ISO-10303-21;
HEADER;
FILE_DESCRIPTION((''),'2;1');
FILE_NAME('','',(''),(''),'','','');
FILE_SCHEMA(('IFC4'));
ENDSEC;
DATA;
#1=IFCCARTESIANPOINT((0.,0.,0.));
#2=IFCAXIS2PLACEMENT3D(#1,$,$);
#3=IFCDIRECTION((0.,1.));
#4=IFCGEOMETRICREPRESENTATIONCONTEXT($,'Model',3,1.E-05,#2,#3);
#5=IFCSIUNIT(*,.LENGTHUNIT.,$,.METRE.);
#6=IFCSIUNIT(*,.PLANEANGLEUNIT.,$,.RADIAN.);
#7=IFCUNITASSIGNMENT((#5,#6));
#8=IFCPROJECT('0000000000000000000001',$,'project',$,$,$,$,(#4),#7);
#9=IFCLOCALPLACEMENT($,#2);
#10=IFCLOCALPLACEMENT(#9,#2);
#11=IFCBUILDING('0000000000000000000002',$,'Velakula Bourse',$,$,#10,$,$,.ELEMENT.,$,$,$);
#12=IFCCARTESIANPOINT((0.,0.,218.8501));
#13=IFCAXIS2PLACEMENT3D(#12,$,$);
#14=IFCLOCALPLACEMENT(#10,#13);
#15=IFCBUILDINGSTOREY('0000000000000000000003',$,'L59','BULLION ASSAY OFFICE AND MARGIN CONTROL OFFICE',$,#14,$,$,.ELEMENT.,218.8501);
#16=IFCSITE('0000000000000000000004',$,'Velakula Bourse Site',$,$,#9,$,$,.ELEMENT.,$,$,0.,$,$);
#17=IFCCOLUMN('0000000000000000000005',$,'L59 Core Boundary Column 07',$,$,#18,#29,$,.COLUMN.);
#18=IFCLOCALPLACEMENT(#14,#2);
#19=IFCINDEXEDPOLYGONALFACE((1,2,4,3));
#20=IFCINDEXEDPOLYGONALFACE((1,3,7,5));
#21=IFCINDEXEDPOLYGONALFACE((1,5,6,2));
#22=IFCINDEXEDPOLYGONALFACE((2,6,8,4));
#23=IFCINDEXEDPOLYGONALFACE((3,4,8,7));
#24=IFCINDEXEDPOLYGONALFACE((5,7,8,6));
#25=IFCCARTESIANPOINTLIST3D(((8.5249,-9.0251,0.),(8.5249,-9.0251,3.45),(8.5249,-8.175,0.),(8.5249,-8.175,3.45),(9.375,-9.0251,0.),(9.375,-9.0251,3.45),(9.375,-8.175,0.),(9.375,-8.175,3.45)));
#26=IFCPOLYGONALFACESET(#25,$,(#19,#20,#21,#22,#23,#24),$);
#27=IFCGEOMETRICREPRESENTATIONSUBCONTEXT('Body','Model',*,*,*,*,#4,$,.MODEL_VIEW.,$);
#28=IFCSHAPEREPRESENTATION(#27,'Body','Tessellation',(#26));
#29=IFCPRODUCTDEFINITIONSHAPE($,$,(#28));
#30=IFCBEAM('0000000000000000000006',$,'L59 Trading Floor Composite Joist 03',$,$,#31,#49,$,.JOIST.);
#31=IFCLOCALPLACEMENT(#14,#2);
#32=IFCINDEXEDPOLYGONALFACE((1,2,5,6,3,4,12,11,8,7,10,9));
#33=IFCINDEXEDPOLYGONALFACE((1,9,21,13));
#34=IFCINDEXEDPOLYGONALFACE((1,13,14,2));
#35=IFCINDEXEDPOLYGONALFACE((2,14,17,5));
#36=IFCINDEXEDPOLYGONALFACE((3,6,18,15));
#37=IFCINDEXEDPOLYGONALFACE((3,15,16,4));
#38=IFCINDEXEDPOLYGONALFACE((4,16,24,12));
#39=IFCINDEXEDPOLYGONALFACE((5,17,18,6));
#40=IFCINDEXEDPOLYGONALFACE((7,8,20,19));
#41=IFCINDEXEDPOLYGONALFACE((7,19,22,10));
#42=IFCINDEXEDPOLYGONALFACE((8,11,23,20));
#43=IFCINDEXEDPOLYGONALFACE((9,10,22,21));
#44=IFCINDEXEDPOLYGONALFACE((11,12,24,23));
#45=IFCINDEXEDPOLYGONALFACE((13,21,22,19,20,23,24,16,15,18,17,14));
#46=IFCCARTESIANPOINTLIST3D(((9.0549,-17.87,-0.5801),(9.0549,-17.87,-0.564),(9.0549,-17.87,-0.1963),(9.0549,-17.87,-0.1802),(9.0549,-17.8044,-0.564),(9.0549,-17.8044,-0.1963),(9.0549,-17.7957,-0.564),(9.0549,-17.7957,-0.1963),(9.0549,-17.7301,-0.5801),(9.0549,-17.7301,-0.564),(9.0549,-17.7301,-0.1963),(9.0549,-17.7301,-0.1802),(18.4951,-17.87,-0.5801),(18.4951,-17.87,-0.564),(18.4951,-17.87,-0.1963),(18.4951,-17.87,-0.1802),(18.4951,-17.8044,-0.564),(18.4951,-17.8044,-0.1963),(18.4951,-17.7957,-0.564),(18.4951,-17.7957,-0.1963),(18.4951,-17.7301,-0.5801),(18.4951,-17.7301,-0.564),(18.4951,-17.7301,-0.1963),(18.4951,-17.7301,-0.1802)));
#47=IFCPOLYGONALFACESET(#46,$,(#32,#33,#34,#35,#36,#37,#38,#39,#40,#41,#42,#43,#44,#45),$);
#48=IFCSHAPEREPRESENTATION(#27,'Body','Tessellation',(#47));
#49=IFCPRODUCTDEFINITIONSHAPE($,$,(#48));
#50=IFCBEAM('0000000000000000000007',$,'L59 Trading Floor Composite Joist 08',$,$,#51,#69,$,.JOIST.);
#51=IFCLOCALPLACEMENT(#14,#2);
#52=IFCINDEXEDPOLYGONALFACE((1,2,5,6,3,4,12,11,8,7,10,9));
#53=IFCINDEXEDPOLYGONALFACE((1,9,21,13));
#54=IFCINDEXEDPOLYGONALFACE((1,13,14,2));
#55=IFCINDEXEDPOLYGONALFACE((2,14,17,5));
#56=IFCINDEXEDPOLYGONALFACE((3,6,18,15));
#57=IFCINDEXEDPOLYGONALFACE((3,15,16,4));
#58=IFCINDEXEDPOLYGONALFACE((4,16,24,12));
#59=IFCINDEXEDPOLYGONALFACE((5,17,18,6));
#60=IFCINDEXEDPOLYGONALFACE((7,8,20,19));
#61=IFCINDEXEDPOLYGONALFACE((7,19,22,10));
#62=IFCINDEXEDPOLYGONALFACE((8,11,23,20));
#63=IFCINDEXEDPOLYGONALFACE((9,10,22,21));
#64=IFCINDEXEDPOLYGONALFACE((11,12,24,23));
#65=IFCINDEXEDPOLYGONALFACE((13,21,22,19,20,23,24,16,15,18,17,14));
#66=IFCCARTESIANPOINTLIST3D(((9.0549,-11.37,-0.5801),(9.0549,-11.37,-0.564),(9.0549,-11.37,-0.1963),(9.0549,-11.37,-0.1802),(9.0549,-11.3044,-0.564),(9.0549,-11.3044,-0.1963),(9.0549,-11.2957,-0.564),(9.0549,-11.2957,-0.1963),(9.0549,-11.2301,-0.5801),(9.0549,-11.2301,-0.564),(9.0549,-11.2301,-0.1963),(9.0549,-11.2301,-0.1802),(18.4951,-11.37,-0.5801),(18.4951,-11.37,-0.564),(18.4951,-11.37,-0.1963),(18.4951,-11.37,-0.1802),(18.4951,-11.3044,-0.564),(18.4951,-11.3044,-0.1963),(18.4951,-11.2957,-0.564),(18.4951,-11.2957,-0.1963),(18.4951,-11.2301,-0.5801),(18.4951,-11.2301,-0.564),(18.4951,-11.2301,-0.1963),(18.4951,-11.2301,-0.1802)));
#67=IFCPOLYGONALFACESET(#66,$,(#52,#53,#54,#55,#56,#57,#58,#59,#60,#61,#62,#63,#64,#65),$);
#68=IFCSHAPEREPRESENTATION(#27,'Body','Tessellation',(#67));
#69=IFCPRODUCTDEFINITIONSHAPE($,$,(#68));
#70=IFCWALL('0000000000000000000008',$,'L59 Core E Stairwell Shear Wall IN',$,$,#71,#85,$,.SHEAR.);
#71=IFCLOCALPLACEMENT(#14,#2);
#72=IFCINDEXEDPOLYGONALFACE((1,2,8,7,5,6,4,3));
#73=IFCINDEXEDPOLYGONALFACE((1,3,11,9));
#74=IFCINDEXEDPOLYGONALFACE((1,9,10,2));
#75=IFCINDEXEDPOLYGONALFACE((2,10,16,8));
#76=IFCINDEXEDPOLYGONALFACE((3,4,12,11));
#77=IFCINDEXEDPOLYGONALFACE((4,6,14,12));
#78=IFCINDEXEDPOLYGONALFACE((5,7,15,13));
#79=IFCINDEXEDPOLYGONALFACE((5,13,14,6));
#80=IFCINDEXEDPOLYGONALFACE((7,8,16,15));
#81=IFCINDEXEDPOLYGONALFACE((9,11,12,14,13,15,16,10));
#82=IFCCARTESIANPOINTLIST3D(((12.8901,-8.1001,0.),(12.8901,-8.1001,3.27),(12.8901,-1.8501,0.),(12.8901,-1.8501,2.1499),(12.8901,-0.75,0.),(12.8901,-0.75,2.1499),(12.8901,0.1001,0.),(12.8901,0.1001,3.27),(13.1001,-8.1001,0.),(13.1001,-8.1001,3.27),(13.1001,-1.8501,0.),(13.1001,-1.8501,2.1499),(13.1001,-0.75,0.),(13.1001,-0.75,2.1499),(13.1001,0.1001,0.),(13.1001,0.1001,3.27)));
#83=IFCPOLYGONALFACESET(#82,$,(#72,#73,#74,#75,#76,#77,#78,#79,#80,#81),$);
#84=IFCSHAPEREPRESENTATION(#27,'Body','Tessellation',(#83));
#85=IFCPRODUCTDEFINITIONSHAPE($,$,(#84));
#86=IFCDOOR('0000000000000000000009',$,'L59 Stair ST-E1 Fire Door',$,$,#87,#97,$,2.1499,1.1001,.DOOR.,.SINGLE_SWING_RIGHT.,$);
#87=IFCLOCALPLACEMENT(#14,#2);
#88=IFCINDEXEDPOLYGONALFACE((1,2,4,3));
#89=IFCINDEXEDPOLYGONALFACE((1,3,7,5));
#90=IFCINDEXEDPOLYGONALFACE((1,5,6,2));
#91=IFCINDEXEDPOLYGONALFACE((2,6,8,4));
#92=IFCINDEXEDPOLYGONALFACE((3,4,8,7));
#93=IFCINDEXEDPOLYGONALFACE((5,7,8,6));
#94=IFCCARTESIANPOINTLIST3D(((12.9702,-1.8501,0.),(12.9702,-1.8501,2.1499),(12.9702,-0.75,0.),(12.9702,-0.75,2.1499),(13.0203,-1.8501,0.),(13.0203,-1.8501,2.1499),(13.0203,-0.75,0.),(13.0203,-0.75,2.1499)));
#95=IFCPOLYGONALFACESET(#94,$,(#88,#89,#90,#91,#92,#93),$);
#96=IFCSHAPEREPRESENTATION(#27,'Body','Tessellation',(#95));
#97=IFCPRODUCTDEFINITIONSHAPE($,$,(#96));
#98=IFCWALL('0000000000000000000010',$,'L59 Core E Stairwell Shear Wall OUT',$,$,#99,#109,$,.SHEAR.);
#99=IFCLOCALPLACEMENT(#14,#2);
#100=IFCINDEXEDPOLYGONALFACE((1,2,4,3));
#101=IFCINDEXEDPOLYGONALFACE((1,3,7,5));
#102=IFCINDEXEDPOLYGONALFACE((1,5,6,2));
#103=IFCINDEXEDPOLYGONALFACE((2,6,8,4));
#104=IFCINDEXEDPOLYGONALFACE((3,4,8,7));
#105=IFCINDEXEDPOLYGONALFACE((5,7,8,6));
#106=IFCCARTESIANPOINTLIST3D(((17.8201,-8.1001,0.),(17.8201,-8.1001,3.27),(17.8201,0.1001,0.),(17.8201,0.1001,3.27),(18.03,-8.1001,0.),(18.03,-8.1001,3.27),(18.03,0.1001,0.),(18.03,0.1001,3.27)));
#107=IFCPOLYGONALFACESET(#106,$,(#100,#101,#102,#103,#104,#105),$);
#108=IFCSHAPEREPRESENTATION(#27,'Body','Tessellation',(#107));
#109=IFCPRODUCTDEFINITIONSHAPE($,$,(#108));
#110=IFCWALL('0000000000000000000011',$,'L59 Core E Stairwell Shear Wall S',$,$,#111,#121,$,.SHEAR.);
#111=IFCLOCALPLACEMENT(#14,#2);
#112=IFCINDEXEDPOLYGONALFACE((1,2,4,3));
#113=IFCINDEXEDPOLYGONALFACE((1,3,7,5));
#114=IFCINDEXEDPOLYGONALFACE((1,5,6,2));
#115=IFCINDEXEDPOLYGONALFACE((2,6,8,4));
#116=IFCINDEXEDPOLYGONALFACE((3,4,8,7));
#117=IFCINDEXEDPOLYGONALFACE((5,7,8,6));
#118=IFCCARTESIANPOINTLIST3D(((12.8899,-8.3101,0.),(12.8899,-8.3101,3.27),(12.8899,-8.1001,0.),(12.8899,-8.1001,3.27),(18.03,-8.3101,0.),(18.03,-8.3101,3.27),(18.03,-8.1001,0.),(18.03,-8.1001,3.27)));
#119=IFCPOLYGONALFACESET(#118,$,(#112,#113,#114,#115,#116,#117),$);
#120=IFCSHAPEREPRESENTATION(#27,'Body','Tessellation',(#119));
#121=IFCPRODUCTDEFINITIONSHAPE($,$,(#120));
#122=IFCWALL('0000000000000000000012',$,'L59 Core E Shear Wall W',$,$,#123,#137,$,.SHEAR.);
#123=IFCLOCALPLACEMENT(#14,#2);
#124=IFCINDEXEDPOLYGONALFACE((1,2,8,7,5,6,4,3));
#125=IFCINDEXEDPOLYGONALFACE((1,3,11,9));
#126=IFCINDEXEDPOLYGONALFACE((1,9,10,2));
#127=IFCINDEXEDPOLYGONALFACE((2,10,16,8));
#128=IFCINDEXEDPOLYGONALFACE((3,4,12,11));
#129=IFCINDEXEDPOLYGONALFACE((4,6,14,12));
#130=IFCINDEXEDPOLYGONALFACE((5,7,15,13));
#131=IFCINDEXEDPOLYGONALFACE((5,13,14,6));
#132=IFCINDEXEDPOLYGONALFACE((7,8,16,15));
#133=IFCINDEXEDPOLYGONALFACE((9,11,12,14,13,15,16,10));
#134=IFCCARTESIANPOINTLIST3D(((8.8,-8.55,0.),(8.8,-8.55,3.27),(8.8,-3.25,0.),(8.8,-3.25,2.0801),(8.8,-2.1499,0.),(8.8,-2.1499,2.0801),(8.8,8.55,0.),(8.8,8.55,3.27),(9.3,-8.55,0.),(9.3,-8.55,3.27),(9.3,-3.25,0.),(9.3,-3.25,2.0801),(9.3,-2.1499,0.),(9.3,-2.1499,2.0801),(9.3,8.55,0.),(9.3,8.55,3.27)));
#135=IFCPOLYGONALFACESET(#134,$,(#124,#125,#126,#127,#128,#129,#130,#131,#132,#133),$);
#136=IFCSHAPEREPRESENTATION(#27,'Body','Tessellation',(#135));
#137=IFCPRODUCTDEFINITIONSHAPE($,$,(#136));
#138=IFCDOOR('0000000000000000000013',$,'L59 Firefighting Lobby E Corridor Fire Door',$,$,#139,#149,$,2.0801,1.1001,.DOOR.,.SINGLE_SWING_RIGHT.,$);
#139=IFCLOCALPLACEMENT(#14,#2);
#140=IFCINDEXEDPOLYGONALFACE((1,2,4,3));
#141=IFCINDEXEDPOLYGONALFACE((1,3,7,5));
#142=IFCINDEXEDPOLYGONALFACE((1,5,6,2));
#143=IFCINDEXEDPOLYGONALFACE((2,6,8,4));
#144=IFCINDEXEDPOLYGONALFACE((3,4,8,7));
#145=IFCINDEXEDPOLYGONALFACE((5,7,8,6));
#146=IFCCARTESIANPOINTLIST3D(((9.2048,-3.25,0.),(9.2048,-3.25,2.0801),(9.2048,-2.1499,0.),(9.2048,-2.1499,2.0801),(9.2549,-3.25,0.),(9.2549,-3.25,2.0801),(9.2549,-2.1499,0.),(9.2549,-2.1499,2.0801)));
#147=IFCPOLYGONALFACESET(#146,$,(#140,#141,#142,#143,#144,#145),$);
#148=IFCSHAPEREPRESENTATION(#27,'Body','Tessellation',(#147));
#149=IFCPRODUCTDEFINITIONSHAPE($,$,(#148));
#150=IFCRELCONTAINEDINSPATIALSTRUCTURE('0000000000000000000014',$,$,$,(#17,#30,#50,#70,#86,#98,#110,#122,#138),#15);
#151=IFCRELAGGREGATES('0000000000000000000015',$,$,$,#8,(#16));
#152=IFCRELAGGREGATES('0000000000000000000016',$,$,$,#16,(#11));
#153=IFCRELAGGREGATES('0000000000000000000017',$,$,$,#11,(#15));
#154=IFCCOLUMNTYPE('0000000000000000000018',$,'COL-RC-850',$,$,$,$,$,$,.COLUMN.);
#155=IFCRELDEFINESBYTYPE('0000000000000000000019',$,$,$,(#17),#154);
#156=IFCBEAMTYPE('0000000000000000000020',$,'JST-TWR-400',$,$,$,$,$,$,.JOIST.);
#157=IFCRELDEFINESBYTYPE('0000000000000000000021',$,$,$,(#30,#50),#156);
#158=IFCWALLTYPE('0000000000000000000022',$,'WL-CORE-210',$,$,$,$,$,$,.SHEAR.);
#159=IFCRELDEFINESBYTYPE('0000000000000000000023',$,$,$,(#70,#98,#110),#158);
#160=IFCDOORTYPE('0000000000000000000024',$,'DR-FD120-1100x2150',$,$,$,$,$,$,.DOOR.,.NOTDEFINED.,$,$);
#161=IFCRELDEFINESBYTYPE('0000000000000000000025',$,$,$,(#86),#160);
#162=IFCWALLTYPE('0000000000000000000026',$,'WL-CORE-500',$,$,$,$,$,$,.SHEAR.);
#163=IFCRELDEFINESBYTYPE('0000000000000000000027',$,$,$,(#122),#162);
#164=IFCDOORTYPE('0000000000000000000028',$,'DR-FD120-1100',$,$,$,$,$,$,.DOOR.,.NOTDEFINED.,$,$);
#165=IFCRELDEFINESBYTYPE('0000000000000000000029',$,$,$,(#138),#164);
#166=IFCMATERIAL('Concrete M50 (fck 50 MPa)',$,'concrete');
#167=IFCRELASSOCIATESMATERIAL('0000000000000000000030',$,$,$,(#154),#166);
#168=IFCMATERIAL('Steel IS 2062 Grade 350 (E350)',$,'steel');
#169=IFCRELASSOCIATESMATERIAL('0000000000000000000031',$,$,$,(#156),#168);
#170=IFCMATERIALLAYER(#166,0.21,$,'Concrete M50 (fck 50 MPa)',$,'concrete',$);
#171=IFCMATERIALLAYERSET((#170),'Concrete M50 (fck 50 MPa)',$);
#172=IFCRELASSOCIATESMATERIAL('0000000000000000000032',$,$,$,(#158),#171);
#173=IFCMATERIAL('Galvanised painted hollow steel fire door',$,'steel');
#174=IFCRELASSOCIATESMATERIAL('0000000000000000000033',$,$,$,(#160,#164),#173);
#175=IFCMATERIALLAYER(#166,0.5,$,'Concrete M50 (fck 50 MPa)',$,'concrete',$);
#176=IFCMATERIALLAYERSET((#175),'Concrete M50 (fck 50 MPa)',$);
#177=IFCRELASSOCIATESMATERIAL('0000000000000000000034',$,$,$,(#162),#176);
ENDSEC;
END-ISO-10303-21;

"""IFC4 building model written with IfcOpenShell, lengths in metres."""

from ifc_helpers import new_model, si_unit, direction, frame, frame_2d, origin, origin_2d, place, context, subcontext, project, spatial, rectangle, i_section, extrude, material, layer, layer_set, material_profile, profile_set, type_object, element, fill, save


model = new_model("IFC4")

# Units and contexts
model_context = context("Model", 3, precision=1e-05, world=origin(), true_north=direction((0.0, 1.0)))
body_context = subcontext(model_context, "Body", "Model", "MODEL_VIEW")
ifc_project = project(units=[si_unit("LENGTHUNIT", "METRE"), si_unit("PLANEANGLEUNIT", "RADIAN")], contexts=[model_context])

# Site, building, storey
site_placement = place(None, origin())
site = spatial("IfcSite", under=ifc_project, at=site_placement, Name="Velakula Bourse Site", CompositionType="ELEMENT", RefElevation=0.0)
building_placement = place(site_placement, origin())
building = spatial("IfcBuilding", under=site, at=building_placement, Name="Velakula Bourse", CompositionType="ELEMENT")
storey_placement = place(building_placement, frame((0.0, 0.0, 218.8501)))
storey = spatial("IfcBuildingStorey", under=building, at=storey_placement, Name="L59", Description="BULLION ASSAY OFFICE AND MARGIN CONTROL OFFICE", CompositionType="ELEMENT", Elevation=218.8501)

# Column
ifc_material_1 = material(Name="Concrete M50 (fck 50 MPa)", Category="concrete")
ifc_material_profile_1 = material_profile(ifc_material_1, rectangle(XDim=0.8501, YDim=0.8501, at=origin_2d()), Name="Concrete M50 (fck 50 MPa)")
ifc_profile_set_1 = profile_set([ifc_material_profile_1], Name="Concrete M50 (fck 50 MPa)")
column_type = type_object("IfcColumnType", Name="COL-RC-850", PredefinedType="COLUMN", material=ifc_profile_set_1)
column_placement = place(storey_placement, frame((8.95, -8.6001, 0.0), z_axis=(0.0, 0.0, 1.0), x_axis=(1.0, 0.0, 0.0)))
element("IfcColumn", 1, at=column_placement, inside=storey, type_object=column_type, Name="L59 Core Boundary Column 07", PredefinedType="COLUMN", context=body_context, shape_type="SweptSolid", body=[
    extrude(rectangle(XDim=0.8501, YDim=0.8501, at=origin_2d()), origin(), (0.0, 0.0, 1.0), 3.45),
])

# Beams
ifc_material_2 = material(Name="Steel IS 2062 Grade 350 (E350)", Category="steel")
ifc_material_profile_2 = material_profile(ifc_material_2, i_section(OverallWidth=0.1399, OverallDepth=0.3999, WebThickness=0.0088, FlangeThickness=0.0161, at=origin_2d()), Name="Steel IS 2062 Grade 350 (E350)")
ifc_profile_set_2 = profile_set([ifc_material_profile_2], Name="Steel IS 2062 Grade 350 (E350)")
beam_type = type_object("IfcBeamType", Name="JST-TWR-400", PredefinedType="JOIST", material=ifc_profile_set_2)
for number, where, z_axis, x_axis, name in (
    (2, (9.0549, -17.8, -0.3801), (1.0, 0.0, 0.0), (0.0, 1.0, 0.0), "L59 Trading Floor Composite Joist 03"),
    (3, (9.0549, -11.3, -0.3801), (1.0, 0.0, 0.0), (0.0, 1.0, 0.0), "L59 Trading Floor Composite Joist 08"),
):
    element("IfcBeam", number, at=place(storey_placement, frame(where, z_axis=z_axis, x_axis=x_axis)), inside=storey, type_object=beam_type, Name=name, PredefinedType="JOIST", context=body_context, shape_type="SweptSolid", body=[
        extrude(i_section(OverallWidth=0.1399, OverallDepth=0.3999, WebThickness=0.0088, FlangeThickness=0.0161, at=origin_2d()), origin(), (0.0, 0.0, 1.0), 9.4402),
    ])

# Wall, opening, door
ifc_layer_1 = layer(ifc_material_1, 0.21, Name="Concrete M50 (fck 50 MPa)", Category="concrete")
ifc_layer_set_1 = layer_set([ifc_layer_1], Name="Concrete M50 (fck 50 MPa)")
wall_type_1 = type_object("IfcWallType", Name="WL-CORE-210", PredefinedType="SHEAR", material=ifc_layer_set_1)
wall_1_placement = place(storey_placement, frame((12.9951, -8.1001, 0.0), z_axis=(0.0, 0.0, 1.0), x_axis=(0.0, 1.0, 0.0)))
wall_1 = element("IfcWall", 4, at=wall_1_placement, inside=storey, type_object=wall_type_1, Name="L59 Core E Stairwell Shear Wall IN", PredefinedType="SHEAR", context=body_context, shape_type="SweptSolid", body=[
    extrude(rectangle(XDim=8.2002, YDim=0.21, at=frame_2d((4.1001, 0.0))), origin(), (0.0, 0.0, 1.0), 3.27),
])
opening_1_placement = place(wall_1_placement, frame((6.25, 0.0, 0.0)))
opening_1 = element("IfcOpeningElement", 5, at=opening_1_placement, cuts=wall_1, PredefinedType="OPENING", context=body_context, shape_type="SweptSolid", body=[
    extrude(rectangle(XDim=1.1001, YDim=2.1499, at=frame_2d((0.55, 1.075))), frame((0.0, 0.115, 0.0), z_axis=(0.0, -1.0, 0.0), x_axis=(1.0, 0.0, 0.0)), (0.0, 0.0, 1.0), 0.23),
])
ifc_material_3 = material(Name="Galvanised painted hollow steel fire door", Category="steel")
door_type_1 = type_object("IfcDoorType", Name="DR-FD120-1100x2150", OperationType="NOTDEFINED", PredefinedType="DOOR", material=ifc_material_3)
door_1_placement = place(opening_1_placement, origin())
door_1 = element("IfcDoor", 6, at=door_1_placement, inside=storey, type_object=door_type_1, Name="L59 Stair ST-E1 Fire Door", OperationType="SINGLE_SWING_RIGHT", OverallHeight=2.1499, OverallWidth=1.1001, PredefinedType="DOOR", context=body_context, shape_type="SweptSolid", body=[
    extrude(rectangle(XDim=1.1001, YDim=2.1499, at=frame_2d((0.55, 1.075))), frame((0.0, 0.0249, 0.0), z_axis=(0.0, -1.0, 0.0), x_axis=(1.0, 0.0, 0.0)), (0.0, 0.0, 1.0), 0.05),
])
fill(opening_1, door_1)

# Walls
wall_2_placement = place(storey_placement, frame((17.925, -8.1001, 0.0), z_axis=(0.0, 0.0, 1.0), x_axis=(0.0, 1.0, 0.0)))
element("IfcWall", 7, at=wall_2_placement, inside=storey, type_object=wall_type_1, Name="L59 Core E Stairwell Shear Wall OUT", PredefinedType="SHEAR", context=body_context, shape_type="SweptSolid", body=[
    extrude(rectangle(XDim=8.2002, YDim=0.21, at=frame_2d((4.1001, 0.0))), origin(), (0.0, 0.0, 1.0), 3.27),
])
wall_3_placement = place(storey_placement, frame((12.8899, -8.2051, 0.0), z_axis=(0.0, 0.0, 1.0), x_axis=(1.0, 0.0, 0.0)))
element("IfcWall", 8, at=wall_3_placement, inside=storey, type_object=wall_type_1, Name="L59 Core E Stairwell Shear Wall S", PredefinedType="SHEAR", context=body_context, shape_type="SweptSolid", body=[
    extrude(rectangle(XDim=5.1401, YDim=0.21, at=frame_2d((2.5701, 0.0))), origin(), (0.0, 0.0, 1.0), 3.27),
])

# Wall, opening, door
ifc_layer_2 = layer(ifc_material_1, 0.5, Name="Concrete M50 (fck 50 MPa)", Category="concrete")
ifc_layer_set_2 = layer_set([ifc_layer_2], Name="Concrete M50 (fck 50 MPa)")
wall_type_2 = type_object("IfcWallType", Name="WL-CORE-500", PredefinedType="SHEAR", material=ifc_layer_set_2)
wall_4_placement = place(storey_placement, frame((9.05, -8.55, 0.0), z_axis=(0.0, 0.0, 1.0), x_axis=(0.0, 1.0, 0.0)))
wall_4 = element("IfcWall", 9, at=wall_4_placement, inside=storey, type_object=wall_type_2, Name="L59 Core E Shear Wall W", PredefinedType="SHEAR", context=body_context, shape_type="SweptSolid", body=[
    extrude(rectangle(XDim=17.1001, YDim=0.5, at=frame_2d((8.55, 0.0))), origin(), (0.0, 0.0, 1.0), 3.27),
])
opening_2_placement = place(wall_4_placement, frame((5.3, 0.0, 0.0)))
opening_2 = element("IfcOpeningElement", 10, at=opening_2_placement, cuts=wall_4, PredefinedType="OPENING", context=body_context, shape_type="SweptSolid", body=[
    extrude(rectangle(XDim=1.1001, YDim=2.0801, at=frame_2d((0.55, 1.04))), frame((0.0, 0.26, 0.0), z_axis=(0.0, -1.0, 0.0), x_axis=(1.0, 0.0, 0.0)), (0.0, 0.0, 1.0), 0.52),
])
door_type_2 = type_object("IfcDoorType", Name="DR-FD120-1100", OperationType="NOTDEFINED", PredefinedType="DOOR", material=ifc_material_3)
door_2_placement = place(opening_2_placement, origin())
door_2 = element("IfcDoor", 11, at=door_2_placement, inside=storey, type_object=door_type_2, Name="L59 Firefighting Lobby E Corridor Fire Door", OperationType="SINGLE_SWING_RIGHT", OverallHeight=2.0801, OverallWidth=1.1001, PredefinedType="DOOR", context=body_context, shape_type="SweptSolid", body=[
    extrude(rectangle(XDim=1.1001, YDim=2.0801, at=frame_2d((0.55, 1.04))), frame((0.0, -0.1548, 0.0), z_axis=(0.0, -1.0, 0.0), x_axis=(1.0, 0.0, 0.0)), (0.0, 0.0, 1.0), 0.05),
])
fill(opening_2, door_2)

save(model, "model.ifc")
